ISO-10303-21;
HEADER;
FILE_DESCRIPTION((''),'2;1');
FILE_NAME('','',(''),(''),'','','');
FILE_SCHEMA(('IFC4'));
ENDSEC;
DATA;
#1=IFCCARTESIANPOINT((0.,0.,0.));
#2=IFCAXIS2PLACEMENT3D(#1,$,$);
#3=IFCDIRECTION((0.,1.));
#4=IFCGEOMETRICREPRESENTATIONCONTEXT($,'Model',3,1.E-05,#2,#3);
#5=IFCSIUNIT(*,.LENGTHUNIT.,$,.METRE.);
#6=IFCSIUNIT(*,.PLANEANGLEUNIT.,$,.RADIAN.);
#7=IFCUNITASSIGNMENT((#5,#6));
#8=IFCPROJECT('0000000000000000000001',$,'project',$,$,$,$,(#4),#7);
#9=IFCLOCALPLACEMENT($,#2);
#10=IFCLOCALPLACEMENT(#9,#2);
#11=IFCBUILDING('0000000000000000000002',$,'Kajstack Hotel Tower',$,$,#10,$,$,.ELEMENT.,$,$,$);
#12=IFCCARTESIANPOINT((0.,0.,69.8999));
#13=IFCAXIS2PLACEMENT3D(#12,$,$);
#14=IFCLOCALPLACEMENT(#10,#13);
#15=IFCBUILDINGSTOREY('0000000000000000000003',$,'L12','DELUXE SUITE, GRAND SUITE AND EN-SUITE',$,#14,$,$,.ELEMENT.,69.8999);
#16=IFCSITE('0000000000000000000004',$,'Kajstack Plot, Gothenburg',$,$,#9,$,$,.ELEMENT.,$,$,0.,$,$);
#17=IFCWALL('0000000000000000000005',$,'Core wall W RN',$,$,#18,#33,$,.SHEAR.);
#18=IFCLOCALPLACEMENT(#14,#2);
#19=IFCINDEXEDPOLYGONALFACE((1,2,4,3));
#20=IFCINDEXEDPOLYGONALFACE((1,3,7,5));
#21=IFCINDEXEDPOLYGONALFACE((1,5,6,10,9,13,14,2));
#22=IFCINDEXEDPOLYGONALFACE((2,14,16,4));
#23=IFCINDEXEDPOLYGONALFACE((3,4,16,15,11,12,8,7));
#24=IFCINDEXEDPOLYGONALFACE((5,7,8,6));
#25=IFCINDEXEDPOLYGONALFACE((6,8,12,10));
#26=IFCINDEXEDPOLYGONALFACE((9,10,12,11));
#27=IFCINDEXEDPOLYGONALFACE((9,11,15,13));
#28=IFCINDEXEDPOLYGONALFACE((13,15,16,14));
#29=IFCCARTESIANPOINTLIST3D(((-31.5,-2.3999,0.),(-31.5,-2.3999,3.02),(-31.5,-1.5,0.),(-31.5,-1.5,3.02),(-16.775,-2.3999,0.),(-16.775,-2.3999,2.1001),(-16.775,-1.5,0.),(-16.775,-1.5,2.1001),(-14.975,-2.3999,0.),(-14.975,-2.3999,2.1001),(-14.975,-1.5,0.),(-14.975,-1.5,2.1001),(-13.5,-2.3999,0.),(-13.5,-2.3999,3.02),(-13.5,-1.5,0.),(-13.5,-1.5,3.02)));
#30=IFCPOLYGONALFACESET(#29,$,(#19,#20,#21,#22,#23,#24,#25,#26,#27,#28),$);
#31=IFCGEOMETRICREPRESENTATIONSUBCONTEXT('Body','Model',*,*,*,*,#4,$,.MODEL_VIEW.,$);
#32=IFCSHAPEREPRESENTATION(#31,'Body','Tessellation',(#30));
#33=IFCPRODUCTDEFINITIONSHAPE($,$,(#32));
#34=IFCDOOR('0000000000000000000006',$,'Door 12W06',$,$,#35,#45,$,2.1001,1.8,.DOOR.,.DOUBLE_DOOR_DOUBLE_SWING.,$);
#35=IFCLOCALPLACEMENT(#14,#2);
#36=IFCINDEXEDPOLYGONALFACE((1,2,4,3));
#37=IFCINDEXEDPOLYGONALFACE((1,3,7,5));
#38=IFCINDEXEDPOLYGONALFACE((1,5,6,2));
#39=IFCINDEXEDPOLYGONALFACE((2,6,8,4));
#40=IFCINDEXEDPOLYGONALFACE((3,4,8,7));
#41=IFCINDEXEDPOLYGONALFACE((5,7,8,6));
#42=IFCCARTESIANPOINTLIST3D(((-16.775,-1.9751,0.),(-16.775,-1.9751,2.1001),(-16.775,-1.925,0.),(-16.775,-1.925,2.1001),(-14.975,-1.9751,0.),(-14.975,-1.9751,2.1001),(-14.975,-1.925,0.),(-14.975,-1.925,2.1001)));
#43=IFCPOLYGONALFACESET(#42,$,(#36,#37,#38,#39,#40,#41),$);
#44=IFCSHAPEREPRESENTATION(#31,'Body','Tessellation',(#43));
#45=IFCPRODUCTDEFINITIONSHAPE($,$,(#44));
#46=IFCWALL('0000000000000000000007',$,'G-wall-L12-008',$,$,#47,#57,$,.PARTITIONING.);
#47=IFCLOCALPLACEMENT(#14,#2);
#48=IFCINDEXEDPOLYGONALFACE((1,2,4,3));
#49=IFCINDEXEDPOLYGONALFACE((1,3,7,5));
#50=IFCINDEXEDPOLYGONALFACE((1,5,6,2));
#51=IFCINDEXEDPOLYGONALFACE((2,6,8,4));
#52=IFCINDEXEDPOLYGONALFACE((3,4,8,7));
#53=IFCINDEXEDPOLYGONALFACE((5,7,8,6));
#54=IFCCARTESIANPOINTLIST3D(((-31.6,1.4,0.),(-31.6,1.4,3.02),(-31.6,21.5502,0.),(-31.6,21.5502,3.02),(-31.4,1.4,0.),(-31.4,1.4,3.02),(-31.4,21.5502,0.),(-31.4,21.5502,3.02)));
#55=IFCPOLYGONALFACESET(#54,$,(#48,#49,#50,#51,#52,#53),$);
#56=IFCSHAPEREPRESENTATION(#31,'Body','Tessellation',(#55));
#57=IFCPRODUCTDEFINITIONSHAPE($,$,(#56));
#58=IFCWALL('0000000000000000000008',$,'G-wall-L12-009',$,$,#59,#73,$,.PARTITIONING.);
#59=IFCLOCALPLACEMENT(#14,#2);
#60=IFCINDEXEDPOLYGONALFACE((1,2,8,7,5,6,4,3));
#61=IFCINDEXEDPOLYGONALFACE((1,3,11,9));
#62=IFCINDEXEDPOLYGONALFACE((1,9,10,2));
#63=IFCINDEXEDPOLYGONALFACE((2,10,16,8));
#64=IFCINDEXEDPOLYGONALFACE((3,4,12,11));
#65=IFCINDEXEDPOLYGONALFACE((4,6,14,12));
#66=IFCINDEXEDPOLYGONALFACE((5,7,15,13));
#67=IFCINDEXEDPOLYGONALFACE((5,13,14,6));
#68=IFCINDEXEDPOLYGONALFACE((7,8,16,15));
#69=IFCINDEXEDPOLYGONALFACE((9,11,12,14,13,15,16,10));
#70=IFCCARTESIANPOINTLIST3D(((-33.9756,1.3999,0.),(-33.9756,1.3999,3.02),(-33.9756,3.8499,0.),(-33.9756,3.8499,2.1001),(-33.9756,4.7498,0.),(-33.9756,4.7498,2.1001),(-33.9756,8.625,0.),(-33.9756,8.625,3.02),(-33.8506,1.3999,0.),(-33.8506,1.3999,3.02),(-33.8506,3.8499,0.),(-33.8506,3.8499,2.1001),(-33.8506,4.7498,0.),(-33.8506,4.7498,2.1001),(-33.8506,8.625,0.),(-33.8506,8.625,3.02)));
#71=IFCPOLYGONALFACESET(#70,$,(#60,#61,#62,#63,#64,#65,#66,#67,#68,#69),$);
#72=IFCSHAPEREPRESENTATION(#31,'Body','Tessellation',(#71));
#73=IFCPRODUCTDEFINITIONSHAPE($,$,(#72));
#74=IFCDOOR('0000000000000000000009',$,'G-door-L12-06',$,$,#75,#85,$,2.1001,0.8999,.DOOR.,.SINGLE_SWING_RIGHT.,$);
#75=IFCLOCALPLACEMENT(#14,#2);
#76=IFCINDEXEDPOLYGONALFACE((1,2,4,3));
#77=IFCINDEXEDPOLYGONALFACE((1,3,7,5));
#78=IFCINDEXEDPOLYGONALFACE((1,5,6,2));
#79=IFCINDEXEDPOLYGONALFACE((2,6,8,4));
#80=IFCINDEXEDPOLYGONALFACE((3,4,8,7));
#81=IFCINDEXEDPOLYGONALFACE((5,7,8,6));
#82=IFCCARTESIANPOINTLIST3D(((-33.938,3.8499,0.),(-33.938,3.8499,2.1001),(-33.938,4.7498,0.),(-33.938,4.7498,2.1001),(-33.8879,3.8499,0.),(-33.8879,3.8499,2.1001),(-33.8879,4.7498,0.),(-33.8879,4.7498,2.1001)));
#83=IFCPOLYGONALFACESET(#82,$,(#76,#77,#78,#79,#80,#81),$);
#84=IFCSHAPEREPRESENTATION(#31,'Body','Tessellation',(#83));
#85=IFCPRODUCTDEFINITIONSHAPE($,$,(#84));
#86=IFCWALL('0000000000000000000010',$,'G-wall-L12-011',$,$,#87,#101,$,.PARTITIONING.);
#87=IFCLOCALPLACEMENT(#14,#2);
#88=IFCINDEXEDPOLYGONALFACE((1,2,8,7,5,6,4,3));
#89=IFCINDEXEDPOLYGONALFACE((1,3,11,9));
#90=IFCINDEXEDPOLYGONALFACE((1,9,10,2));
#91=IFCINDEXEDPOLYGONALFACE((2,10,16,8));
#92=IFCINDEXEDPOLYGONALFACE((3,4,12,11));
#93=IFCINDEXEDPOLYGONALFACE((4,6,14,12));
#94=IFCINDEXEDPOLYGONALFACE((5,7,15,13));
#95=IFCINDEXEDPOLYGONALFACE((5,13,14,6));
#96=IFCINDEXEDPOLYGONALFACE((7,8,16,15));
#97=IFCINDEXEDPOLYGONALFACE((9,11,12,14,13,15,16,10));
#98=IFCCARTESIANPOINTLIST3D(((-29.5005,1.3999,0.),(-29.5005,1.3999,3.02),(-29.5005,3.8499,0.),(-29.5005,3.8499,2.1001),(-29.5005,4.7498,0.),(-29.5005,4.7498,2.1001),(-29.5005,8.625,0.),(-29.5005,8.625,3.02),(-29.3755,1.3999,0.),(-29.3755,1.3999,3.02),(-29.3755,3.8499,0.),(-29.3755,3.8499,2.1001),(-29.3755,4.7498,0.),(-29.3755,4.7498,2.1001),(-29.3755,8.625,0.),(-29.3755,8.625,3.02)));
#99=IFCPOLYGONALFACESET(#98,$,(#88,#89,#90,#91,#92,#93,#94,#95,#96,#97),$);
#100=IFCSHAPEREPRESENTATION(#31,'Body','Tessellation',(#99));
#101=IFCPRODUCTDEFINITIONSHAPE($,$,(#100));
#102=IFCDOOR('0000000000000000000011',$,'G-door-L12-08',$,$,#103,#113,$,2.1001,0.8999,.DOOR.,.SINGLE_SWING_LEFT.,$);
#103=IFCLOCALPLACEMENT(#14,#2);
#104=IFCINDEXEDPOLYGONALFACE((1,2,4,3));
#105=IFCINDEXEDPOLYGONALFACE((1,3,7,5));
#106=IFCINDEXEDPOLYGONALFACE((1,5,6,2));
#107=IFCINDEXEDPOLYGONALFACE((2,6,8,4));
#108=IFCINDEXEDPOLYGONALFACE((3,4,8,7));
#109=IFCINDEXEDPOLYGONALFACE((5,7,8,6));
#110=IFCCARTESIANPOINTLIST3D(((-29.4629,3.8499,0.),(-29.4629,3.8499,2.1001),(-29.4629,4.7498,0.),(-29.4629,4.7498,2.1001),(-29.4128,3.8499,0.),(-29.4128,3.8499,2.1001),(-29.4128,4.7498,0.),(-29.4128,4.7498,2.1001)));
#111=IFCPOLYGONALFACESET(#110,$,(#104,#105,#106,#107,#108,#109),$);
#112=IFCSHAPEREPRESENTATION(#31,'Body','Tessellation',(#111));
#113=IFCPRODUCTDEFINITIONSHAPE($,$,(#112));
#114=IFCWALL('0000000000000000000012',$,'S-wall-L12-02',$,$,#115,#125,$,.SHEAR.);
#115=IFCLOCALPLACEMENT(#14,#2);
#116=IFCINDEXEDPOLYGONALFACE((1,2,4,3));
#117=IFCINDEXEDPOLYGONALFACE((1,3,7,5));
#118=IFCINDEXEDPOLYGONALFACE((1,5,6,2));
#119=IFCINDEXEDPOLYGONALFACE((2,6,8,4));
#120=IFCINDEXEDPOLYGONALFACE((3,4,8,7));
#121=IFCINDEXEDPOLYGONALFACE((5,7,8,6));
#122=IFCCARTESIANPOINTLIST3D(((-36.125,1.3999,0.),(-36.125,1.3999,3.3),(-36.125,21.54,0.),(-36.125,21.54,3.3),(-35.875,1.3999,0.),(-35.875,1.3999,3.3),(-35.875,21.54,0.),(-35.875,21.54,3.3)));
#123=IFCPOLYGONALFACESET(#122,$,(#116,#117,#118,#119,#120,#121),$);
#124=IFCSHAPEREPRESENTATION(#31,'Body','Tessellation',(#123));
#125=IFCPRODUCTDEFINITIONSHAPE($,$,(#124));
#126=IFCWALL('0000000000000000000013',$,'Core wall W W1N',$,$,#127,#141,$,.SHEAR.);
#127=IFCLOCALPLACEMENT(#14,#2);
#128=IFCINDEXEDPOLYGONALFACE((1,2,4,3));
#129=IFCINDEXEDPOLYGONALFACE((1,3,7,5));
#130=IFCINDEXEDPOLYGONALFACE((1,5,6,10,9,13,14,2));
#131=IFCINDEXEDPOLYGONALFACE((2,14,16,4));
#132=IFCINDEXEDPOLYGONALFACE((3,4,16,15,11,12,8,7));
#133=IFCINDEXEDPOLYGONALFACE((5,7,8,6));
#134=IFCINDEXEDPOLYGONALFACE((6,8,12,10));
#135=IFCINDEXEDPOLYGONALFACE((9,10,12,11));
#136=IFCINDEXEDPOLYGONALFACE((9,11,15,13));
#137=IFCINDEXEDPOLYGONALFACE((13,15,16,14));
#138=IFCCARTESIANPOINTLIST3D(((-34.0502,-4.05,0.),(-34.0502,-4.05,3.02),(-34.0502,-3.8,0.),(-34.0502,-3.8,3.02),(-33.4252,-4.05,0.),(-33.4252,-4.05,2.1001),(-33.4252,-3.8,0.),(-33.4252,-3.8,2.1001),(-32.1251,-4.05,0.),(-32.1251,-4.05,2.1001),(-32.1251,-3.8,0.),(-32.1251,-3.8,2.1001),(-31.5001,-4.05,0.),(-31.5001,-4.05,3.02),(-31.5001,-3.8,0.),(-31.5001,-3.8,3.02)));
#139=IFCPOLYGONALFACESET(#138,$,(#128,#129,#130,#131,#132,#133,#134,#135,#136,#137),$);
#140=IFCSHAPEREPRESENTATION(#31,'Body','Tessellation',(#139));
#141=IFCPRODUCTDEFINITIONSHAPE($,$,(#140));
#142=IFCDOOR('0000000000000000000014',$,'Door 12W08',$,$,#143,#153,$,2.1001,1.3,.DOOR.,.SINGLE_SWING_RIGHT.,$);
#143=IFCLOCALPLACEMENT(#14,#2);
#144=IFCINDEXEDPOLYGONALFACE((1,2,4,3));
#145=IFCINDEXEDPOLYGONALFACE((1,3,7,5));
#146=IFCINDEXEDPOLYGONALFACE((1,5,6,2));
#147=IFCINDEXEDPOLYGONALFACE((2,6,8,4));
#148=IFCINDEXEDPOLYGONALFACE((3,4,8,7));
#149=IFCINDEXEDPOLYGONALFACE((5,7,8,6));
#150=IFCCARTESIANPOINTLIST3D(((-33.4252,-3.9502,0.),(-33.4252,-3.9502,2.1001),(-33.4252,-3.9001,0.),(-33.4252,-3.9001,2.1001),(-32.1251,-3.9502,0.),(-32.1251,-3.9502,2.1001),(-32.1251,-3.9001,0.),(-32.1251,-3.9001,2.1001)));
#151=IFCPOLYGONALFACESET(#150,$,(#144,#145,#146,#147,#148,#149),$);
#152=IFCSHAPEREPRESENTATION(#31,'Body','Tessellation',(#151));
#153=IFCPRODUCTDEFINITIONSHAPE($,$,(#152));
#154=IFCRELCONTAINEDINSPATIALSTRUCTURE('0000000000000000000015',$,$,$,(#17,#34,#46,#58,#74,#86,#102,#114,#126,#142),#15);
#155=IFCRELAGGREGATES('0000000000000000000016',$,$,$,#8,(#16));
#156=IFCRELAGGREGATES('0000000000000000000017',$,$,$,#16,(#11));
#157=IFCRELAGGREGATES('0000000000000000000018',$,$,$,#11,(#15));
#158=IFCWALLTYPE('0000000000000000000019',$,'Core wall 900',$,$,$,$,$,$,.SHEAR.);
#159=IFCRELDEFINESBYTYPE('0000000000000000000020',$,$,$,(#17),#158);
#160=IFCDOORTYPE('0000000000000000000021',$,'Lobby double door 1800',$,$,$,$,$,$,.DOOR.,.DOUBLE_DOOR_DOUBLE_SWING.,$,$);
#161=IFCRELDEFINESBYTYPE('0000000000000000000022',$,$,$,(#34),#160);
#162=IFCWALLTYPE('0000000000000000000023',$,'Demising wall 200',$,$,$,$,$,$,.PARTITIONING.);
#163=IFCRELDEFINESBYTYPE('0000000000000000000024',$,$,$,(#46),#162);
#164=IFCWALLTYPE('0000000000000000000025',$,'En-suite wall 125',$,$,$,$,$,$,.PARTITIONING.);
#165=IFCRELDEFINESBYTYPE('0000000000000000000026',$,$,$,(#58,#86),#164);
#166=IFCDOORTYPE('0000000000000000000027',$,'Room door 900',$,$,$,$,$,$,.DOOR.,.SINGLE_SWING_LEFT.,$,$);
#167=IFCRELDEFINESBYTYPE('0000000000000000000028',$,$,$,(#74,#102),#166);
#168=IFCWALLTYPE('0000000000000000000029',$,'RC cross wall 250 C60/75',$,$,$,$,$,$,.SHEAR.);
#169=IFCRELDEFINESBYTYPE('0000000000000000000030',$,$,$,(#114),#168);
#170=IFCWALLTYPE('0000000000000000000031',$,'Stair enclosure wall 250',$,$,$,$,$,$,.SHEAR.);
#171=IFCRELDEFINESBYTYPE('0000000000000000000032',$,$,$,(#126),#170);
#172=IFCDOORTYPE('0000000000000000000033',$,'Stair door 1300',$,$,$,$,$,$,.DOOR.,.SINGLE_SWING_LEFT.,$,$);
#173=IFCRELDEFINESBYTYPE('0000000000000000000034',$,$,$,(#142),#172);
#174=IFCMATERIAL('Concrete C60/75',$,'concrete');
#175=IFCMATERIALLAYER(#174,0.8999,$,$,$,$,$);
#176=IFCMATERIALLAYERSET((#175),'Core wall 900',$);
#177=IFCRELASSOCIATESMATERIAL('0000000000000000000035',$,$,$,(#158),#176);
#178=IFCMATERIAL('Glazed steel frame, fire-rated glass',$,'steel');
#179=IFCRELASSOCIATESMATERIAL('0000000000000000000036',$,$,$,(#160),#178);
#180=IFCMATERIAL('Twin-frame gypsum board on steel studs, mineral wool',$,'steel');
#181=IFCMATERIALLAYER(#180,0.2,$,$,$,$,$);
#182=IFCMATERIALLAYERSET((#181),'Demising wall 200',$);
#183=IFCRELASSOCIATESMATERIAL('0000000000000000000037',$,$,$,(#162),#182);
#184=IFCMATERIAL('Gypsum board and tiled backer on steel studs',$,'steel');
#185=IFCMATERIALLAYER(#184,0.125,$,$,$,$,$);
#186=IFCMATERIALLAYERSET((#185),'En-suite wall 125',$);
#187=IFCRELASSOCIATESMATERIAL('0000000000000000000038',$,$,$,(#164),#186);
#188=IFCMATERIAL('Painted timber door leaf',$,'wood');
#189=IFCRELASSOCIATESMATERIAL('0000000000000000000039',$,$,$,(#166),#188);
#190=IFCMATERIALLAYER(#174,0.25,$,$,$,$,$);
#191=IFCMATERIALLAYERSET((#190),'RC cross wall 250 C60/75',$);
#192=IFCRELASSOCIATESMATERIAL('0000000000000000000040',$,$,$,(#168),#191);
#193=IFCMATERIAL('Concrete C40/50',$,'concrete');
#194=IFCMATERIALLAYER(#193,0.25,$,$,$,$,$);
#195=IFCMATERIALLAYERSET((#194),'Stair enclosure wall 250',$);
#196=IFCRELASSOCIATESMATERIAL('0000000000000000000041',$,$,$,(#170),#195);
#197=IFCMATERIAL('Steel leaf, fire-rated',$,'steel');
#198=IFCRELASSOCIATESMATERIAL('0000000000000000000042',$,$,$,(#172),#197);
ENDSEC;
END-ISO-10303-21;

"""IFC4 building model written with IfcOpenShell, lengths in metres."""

from ifc_helpers import new_model, si_unit, direction, frame, frame_2d, origin, place, context, subcontext, project, spatial, rectangle, extrude, material, layer, layer_set, type_object, element, fill, save


model = new_model("IFC4")

# Units and contexts
model_context = context("Model", 3, precision=1e-05, world=origin(), true_north=direction((0.0, 1.0)))
body_context = subcontext(model_context, "Body", "Model", "MODEL_VIEW")
ifc_project = project(units=[si_unit("LENGTHUNIT", "METRE"), si_unit("PLANEANGLEUNIT", "RADIAN")], contexts=[model_context])

# Site, building, storey
site_placement = place(None, origin())
site = spatial("IfcSite", under=ifc_project, at=site_placement, Name="Kajstack Plot, Gothenburg", CompositionType="ELEMENT", RefElevation=0.0)
building_placement = place(site_placement, origin())
building = spatial("IfcBuilding", under=site, at=building_placement, Name="Kajstack Hotel Tower", CompositionType="ELEMENT")
storey_placement = place(building_placement, frame((0.0, 0.0, 69.8999)))
storey = spatial("IfcBuildingStorey", under=building, at=storey_placement, Name="L12", Description="DELUXE SUITE, GRAND SUITE AND EN-SUITE", CompositionType="ELEMENT", Elevation=69.8999)

# Wall, opening, door
ifc_material_1 = material(Name="Concrete C60/75", Category="concrete")
ifc_layer_1 = layer(ifc_material_1, 0.8999)
ifc_layer_set_1 = layer_set([ifc_layer_1], Name="Core wall 900")
wall_type_1 = type_object("IfcWallType", Name="Core wall 900", PredefinedType="SHEAR", material=ifc_layer_set_1)
wall_1_placement = place(storey_placement, frame((-31.5, -1.95, 0.0), z_axis=(0.0, 0.0, 1.0), x_axis=(1.0, 0.0, 0.0)))
wall_1 = element("IfcWall", 1, at=wall_1_placement, inside=storey, type_object=wall_type_1, Name="Core wall W RN", PredefinedType="SHEAR", context=body_context, shape_type="SweptSolid", body=[
    extrude(rectangle(XDim=18.0, YDim=0.8999, at=frame_2d((9.0, 0.0))), origin(), (0.0, 0.0, 1.0), 3.02),
])
opening_1_placement = place(wall_1_placement, frame((14.7251, 0.0, 0.0)))
opening_1 = element("IfcOpeningElement", 2, at=opening_1_placement, cuts=wall_1, PredefinedType="OPENING", context=body_context, shape_type="SweptSolid", body=[
    extrude(rectangle(XDim=1.8, YDim=2.1001, at=frame_2d((0.8999, 1.05))), frame((0.0, 0.46, 0.0), z_axis=(0.0, -1.0, 0.0), x_axis=(1.0, 0.0, 0.0)), (0.0, 0.0, 1.0), 0.9199),
])
ifc_material_2 = material(Name="Glazed steel frame, fire-rated glass", Category="steel")
door_type_1 = type_object("IfcDoorType", Name="Lobby double door 1800", OperationType="DOUBLE_DOOR_DOUBLE_SWING", PredefinedType="DOOR", material=ifc_material_2)
door_1_placement = place(opening_1_placement, origin())
door_1 = element("IfcDoor", 3, at=door_1_placement, inside=storey, type_object=door_type_1, Name="Door 12W06", OperationType="DOUBLE_DOOR_DOUBLE_SWING", OverallHeight=2.1001, OverallWidth=1.8, PredefinedType="DOOR", context=body_context, shape_type="SweptSolid", body=[
    extrude(rectangle(XDim=1.8, YDim=2.1001, at=frame_2d((0.8999, 1.05))), frame((0.0, 0.0249, 0.0), z_axis=(0.0, -1.0, 0.0), x_axis=(1.0, 0.0, 0.0)), (0.0, 0.0, 1.0), 0.05),
])
fill(opening_1, door_1)

# Wall
ifc_material_3 = material(Name="Twin-frame gypsum board on steel studs, mineral wool", Category="steel")
ifc_layer_2 = layer(ifc_material_3, 0.2)
ifc_layer_set_2 = layer_set([ifc_layer_2], Name="Demising wall 200")
wall_type_2 = type_object("IfcWallType", Name="Demising wall 200", PredefinedType="PARTITIONING", material=ifc_layer_set_2)
wall_2_placement = place(storey_placement, frame((-31.5, 1.3999, 0.0), z_axis=(0.0, 0.0, 1.0), x_axis=(0.0, 1.0, 0.0)))
element("IfcWall", 4, at=wall_2_placement, inside=storey, type_object=wall_type_2, Name="G-wall-L12-008", PredefinedType="PARTITIONING", context=body_context, shape_type="SweptSolid", body=[
    extrude(rectangle(XDim=20.1501, YDim=0.2, at=frame_2d((10.0752, 0.0))), origin(), (0.0, 0.0, 1.0), 3.02),
])

# Walls, openings, doors
ifc_material_4 = material(Name="Gypsum board and tiled backer on steel studs", Category="steel")
ifc_layer_3 = layer(ifc_material_4, 0.125)
ifc_layer_set_3 = layer_set([ifc_layer_3], Name="En-suite wall 125")
wall_type_3 = type_object("IfcWallType", Name="En-suite wall 125", PredefinedType="PARTITIONING", material=ifc_layer_set_3)
wall_3_placement = place(storey_placement, frame((-33.9131, 1.3999, 0.0), z_axis=(0.0, 0.0, 1.0), x_axis=(0.0, 1.0, 0.0)))
wall_3 = element("IfcWall", 5, at=wall_3_placement, inside=storey, type_object=wall_type_3, Name="G-wall-L12-009", PredefinedType="PARTITIONING", context=body_context, shape_type="SweptSolid", body=[
    extrude(rectangle(XDim=7.2251, YDim=0.125, at=frame_2d((3.6125, 0.0))), origin(), (0.0, 0.0, 1.0), 3.02),
])
opening_2_placement = place(wall_3_placement, frame((2.45, 0.0, 0.0)))
opening_2 = element("IfcOpeningElement", 6, at=opening_2_placement, cuts=wall_3, PredefinedType="OPENING", context=body_context, shape_type="SweptSolid", body=[
    extrude(rectangle(XDim=0.8999, YDim=2.1001, at=frame_2d((0.45, 1.05))), frame((0.0, 0.0725, 0.0), z_axis=(0.0, -1.0, 0.0), x_axis=(1.0, 0.0, 0.0)), (0.0, 0.0, 1.0), 0.145),
])
ifc_material_5 = material(Name="Painted timber door leaf", Category="wood")
door_type_2 = type_object("IfcDoorType", Name="Room door 900", OperationType="SINGLE_SWING_LEFT", PredefinedType="DOOR", material=ifc_material_5)
door_2_placement = place(opening_2_placement, origin())
door_2 = element("IfcDoor", 7, at=door_2_placement, inside=storey, type_object=door_type_2, Name="G-door-L12-06", OperationType="SINGLE_SWING_RIGHT", OverallHeight=2.1001, OverallWidth=0.8999, PredefinedType="DOOR", context=body_context, shape_type="SweptSolid", body=[
    extrude(rectangle(XDim=0.8999, YDim=2.1001, at=frame_2d((0.45, 1.05))), frame((0.0, 0.0249, 0.0), z_axis=(0.0, -1.0, 0.0), x_axis=(1.0, 0.0, 0.0)), (0.0, 0.0, 1.0), 0.05),
])
fill(opening_2, door_2)
wall_4_placement = place(storey_placement, frame((-29.438, 1.3999, 0.0), z_axis=(0.0, 0.0, 1.0), x_axis=(0.0, 1.0, 0.0)))
wall_4 = element("IfcWall", 8, at=wall_4_placement, inside=storey, type_object=wall_type_3, Name="G-wall-L12-011", PredefinedType="PARTITIONING", context=body_context, shape_type="SweptSolid", body=[
    extrude(rectangle(XDim=7.2251, YDim=0.125, at=frame_2d((3.6125, 0.0))), origin(), (0.0, 0.0, 1.0), 3.02),
])
opening_3_placement = place(wall_4_placement, frame((2.45, 0.0, 0.0)))
opening_3 = element("IfcOpeningElement", 9, at=opening_3_placement, cuts=wall_4, PredefinedType="OPENING", context=body_context, shape_type="SweptSolid", body=[
    extrude(rectangle(XDim=0.8999, YDim=2.1001, at=frame_2d((0.45, 1.05))), frame((0.0, 0.0725, 0.0), z_axis=(0.0, -1.0, 0.0), x_axis=(1.0, 0.0, 0.0)), (0.0, 0.0, 1.0), 0.145),
])
door_3_placement = place(opening_3_placement, origin())
door_3 = element("IfcDoor", 10, at=door_3_placement, inside=storey, type_object=door_type_2, Name="G-door-L12-08", OperationType="SINGLE_SWING_LEFT", OverallHeight=2.1001, OverallWidth=0.8999, PredefinedType="DOOR", context=body_context, shape_type="SweptSolid", body=[
    extrude(rectangle(XDim=0.8999, YDim=2.1001, at=frame_2d((0.45, 1.05))), frame((0.0, 0.0249, 0.0), z_axis=(0.0, -1.0, 0.0), x_axis=(1.0, 0.0, 0.0)), (0.0, 0.0, 1.0), 0.05),
])
fill(opening_3, door_3)

# Wall
ifc_layer_4 = layer(ifc_material_1, 0.25)
ifc_layer_set_4 = layer_set([ifc_layer_4], Name="RC cross wall 250 C60/75")
wall_type_4 = type_object("IfcWallType", Name="RC cross wall 250 C60/75", PredefinedType="SHEAR", material=ifc_layer_set_4)
wall_5_placement = place(storey_placement, frame((-36.0, 1.3999, 0.0), z_axis=(0.0, 0.0, 1.0), x_axis=(0.0, 1.0, 0.0)))
element("IfcWall", 11, at=wall_5_placement, inside=storey, type_object=wall_type_4, Name="S-wall-L12-02", PredefinedType="SHEAR", context=body_context, shape_type="SweptSolid", body=[
    extrude(rectangle(XDim=20.1401, YDim=0.25, at=frame_2d((10.0701, 0.0))), origin(), (0.0, 0.0, 1.0), 3.3),
])

# Wall, opening, door
ifc_material_6 = material(Name="Concrete C40/50", Category="concrete")
ifc_layer_5 = layer(ifc_material_6, 0.25)
ifc_layer_set_5 = layer_set([ifc_layer_5], Name="Stair enclosure wall 250")
wall_type_5 = type_object("IfcWallType", Name="Stair enclosure wall 250", PredefinedType="SHEAR", material=ifc_layer_set_5)
wall_6_placement = place(storey_placement, frame((-34.05, -3.925, 0.0), z_axis=(0.0, 0.0, 1.0), x_axis=(1.0, 0.0, 0.0)))
wall_6 = element("IfcWall", 12, at=wall_6_placement, inside=storey, type_object=wall_type_5, Name="Core wall W W1N", PredefinedType="SHEAR", context=body_context, shape_type="SweptSolid", body=[
    extrude(rectangle(XDim=2.55, YDim=0.25, at=frame_2d((1.2749, 0.0))), origin(), (0.0, 0.0, 1.0), 3.02),
])
opening_4_placement = place(wall_6_placement, frame((0.625, 0.0, 0.0)))
opening_4 = element("IfcOpeningElement", 13, at=opening_4_placement, cuts=wall_6, PredefinedType="OPENING", context=body_context, shape_type="SweptSolid", body=[
    extrude(rectangle(XDim=1.3, YDim=2.1001, at=frame_2d((0.6499, 1.05))), frame((0.0, 0.135, 0.0), z_axis=(0.0, -1.0, 0.0), x_axis=(1.0, 0.0, 0.0)), (0.0, 0.0, 1.0), 0.27),
])
ifc_material_7 = material(Name="Steel leaf, fire-rated", Category="steel")
door_type_3 = type_object("IfcDoorType", Name="Stair door 1300", OperationType="SINGLE_SWING_LEFT", PredefinedType="DOOR", material=ifc_material_7)
door_4_placement = place(opening_4_placement, origin())
door_4 = element("IfcDoor", 14, at=door_4_placement, inside=storey, type_object=door_type_3, Name="Door 12W08", OperationType="SINGLE_SWING_RIGHT", OverallHeight=2.1001, OverallWidth=1.3, PredefinedType="DOOR", context=body_context, shape_type="SweptSolid", body=[
    extrude(rectangle(XDim=1.3, YDim=2.1001, at=frame_2d((0.6499, 1.05))), frame((0.0, 0.0249, 0.0), z_axis=(0.0, -1.0, 0.0), x_axis=(1.0, 0.0, 0.0)), (0.0, 0.0, 1.0), 0.05),
])
fill(opening_4, door_4)

save(model, "model.ifc")
